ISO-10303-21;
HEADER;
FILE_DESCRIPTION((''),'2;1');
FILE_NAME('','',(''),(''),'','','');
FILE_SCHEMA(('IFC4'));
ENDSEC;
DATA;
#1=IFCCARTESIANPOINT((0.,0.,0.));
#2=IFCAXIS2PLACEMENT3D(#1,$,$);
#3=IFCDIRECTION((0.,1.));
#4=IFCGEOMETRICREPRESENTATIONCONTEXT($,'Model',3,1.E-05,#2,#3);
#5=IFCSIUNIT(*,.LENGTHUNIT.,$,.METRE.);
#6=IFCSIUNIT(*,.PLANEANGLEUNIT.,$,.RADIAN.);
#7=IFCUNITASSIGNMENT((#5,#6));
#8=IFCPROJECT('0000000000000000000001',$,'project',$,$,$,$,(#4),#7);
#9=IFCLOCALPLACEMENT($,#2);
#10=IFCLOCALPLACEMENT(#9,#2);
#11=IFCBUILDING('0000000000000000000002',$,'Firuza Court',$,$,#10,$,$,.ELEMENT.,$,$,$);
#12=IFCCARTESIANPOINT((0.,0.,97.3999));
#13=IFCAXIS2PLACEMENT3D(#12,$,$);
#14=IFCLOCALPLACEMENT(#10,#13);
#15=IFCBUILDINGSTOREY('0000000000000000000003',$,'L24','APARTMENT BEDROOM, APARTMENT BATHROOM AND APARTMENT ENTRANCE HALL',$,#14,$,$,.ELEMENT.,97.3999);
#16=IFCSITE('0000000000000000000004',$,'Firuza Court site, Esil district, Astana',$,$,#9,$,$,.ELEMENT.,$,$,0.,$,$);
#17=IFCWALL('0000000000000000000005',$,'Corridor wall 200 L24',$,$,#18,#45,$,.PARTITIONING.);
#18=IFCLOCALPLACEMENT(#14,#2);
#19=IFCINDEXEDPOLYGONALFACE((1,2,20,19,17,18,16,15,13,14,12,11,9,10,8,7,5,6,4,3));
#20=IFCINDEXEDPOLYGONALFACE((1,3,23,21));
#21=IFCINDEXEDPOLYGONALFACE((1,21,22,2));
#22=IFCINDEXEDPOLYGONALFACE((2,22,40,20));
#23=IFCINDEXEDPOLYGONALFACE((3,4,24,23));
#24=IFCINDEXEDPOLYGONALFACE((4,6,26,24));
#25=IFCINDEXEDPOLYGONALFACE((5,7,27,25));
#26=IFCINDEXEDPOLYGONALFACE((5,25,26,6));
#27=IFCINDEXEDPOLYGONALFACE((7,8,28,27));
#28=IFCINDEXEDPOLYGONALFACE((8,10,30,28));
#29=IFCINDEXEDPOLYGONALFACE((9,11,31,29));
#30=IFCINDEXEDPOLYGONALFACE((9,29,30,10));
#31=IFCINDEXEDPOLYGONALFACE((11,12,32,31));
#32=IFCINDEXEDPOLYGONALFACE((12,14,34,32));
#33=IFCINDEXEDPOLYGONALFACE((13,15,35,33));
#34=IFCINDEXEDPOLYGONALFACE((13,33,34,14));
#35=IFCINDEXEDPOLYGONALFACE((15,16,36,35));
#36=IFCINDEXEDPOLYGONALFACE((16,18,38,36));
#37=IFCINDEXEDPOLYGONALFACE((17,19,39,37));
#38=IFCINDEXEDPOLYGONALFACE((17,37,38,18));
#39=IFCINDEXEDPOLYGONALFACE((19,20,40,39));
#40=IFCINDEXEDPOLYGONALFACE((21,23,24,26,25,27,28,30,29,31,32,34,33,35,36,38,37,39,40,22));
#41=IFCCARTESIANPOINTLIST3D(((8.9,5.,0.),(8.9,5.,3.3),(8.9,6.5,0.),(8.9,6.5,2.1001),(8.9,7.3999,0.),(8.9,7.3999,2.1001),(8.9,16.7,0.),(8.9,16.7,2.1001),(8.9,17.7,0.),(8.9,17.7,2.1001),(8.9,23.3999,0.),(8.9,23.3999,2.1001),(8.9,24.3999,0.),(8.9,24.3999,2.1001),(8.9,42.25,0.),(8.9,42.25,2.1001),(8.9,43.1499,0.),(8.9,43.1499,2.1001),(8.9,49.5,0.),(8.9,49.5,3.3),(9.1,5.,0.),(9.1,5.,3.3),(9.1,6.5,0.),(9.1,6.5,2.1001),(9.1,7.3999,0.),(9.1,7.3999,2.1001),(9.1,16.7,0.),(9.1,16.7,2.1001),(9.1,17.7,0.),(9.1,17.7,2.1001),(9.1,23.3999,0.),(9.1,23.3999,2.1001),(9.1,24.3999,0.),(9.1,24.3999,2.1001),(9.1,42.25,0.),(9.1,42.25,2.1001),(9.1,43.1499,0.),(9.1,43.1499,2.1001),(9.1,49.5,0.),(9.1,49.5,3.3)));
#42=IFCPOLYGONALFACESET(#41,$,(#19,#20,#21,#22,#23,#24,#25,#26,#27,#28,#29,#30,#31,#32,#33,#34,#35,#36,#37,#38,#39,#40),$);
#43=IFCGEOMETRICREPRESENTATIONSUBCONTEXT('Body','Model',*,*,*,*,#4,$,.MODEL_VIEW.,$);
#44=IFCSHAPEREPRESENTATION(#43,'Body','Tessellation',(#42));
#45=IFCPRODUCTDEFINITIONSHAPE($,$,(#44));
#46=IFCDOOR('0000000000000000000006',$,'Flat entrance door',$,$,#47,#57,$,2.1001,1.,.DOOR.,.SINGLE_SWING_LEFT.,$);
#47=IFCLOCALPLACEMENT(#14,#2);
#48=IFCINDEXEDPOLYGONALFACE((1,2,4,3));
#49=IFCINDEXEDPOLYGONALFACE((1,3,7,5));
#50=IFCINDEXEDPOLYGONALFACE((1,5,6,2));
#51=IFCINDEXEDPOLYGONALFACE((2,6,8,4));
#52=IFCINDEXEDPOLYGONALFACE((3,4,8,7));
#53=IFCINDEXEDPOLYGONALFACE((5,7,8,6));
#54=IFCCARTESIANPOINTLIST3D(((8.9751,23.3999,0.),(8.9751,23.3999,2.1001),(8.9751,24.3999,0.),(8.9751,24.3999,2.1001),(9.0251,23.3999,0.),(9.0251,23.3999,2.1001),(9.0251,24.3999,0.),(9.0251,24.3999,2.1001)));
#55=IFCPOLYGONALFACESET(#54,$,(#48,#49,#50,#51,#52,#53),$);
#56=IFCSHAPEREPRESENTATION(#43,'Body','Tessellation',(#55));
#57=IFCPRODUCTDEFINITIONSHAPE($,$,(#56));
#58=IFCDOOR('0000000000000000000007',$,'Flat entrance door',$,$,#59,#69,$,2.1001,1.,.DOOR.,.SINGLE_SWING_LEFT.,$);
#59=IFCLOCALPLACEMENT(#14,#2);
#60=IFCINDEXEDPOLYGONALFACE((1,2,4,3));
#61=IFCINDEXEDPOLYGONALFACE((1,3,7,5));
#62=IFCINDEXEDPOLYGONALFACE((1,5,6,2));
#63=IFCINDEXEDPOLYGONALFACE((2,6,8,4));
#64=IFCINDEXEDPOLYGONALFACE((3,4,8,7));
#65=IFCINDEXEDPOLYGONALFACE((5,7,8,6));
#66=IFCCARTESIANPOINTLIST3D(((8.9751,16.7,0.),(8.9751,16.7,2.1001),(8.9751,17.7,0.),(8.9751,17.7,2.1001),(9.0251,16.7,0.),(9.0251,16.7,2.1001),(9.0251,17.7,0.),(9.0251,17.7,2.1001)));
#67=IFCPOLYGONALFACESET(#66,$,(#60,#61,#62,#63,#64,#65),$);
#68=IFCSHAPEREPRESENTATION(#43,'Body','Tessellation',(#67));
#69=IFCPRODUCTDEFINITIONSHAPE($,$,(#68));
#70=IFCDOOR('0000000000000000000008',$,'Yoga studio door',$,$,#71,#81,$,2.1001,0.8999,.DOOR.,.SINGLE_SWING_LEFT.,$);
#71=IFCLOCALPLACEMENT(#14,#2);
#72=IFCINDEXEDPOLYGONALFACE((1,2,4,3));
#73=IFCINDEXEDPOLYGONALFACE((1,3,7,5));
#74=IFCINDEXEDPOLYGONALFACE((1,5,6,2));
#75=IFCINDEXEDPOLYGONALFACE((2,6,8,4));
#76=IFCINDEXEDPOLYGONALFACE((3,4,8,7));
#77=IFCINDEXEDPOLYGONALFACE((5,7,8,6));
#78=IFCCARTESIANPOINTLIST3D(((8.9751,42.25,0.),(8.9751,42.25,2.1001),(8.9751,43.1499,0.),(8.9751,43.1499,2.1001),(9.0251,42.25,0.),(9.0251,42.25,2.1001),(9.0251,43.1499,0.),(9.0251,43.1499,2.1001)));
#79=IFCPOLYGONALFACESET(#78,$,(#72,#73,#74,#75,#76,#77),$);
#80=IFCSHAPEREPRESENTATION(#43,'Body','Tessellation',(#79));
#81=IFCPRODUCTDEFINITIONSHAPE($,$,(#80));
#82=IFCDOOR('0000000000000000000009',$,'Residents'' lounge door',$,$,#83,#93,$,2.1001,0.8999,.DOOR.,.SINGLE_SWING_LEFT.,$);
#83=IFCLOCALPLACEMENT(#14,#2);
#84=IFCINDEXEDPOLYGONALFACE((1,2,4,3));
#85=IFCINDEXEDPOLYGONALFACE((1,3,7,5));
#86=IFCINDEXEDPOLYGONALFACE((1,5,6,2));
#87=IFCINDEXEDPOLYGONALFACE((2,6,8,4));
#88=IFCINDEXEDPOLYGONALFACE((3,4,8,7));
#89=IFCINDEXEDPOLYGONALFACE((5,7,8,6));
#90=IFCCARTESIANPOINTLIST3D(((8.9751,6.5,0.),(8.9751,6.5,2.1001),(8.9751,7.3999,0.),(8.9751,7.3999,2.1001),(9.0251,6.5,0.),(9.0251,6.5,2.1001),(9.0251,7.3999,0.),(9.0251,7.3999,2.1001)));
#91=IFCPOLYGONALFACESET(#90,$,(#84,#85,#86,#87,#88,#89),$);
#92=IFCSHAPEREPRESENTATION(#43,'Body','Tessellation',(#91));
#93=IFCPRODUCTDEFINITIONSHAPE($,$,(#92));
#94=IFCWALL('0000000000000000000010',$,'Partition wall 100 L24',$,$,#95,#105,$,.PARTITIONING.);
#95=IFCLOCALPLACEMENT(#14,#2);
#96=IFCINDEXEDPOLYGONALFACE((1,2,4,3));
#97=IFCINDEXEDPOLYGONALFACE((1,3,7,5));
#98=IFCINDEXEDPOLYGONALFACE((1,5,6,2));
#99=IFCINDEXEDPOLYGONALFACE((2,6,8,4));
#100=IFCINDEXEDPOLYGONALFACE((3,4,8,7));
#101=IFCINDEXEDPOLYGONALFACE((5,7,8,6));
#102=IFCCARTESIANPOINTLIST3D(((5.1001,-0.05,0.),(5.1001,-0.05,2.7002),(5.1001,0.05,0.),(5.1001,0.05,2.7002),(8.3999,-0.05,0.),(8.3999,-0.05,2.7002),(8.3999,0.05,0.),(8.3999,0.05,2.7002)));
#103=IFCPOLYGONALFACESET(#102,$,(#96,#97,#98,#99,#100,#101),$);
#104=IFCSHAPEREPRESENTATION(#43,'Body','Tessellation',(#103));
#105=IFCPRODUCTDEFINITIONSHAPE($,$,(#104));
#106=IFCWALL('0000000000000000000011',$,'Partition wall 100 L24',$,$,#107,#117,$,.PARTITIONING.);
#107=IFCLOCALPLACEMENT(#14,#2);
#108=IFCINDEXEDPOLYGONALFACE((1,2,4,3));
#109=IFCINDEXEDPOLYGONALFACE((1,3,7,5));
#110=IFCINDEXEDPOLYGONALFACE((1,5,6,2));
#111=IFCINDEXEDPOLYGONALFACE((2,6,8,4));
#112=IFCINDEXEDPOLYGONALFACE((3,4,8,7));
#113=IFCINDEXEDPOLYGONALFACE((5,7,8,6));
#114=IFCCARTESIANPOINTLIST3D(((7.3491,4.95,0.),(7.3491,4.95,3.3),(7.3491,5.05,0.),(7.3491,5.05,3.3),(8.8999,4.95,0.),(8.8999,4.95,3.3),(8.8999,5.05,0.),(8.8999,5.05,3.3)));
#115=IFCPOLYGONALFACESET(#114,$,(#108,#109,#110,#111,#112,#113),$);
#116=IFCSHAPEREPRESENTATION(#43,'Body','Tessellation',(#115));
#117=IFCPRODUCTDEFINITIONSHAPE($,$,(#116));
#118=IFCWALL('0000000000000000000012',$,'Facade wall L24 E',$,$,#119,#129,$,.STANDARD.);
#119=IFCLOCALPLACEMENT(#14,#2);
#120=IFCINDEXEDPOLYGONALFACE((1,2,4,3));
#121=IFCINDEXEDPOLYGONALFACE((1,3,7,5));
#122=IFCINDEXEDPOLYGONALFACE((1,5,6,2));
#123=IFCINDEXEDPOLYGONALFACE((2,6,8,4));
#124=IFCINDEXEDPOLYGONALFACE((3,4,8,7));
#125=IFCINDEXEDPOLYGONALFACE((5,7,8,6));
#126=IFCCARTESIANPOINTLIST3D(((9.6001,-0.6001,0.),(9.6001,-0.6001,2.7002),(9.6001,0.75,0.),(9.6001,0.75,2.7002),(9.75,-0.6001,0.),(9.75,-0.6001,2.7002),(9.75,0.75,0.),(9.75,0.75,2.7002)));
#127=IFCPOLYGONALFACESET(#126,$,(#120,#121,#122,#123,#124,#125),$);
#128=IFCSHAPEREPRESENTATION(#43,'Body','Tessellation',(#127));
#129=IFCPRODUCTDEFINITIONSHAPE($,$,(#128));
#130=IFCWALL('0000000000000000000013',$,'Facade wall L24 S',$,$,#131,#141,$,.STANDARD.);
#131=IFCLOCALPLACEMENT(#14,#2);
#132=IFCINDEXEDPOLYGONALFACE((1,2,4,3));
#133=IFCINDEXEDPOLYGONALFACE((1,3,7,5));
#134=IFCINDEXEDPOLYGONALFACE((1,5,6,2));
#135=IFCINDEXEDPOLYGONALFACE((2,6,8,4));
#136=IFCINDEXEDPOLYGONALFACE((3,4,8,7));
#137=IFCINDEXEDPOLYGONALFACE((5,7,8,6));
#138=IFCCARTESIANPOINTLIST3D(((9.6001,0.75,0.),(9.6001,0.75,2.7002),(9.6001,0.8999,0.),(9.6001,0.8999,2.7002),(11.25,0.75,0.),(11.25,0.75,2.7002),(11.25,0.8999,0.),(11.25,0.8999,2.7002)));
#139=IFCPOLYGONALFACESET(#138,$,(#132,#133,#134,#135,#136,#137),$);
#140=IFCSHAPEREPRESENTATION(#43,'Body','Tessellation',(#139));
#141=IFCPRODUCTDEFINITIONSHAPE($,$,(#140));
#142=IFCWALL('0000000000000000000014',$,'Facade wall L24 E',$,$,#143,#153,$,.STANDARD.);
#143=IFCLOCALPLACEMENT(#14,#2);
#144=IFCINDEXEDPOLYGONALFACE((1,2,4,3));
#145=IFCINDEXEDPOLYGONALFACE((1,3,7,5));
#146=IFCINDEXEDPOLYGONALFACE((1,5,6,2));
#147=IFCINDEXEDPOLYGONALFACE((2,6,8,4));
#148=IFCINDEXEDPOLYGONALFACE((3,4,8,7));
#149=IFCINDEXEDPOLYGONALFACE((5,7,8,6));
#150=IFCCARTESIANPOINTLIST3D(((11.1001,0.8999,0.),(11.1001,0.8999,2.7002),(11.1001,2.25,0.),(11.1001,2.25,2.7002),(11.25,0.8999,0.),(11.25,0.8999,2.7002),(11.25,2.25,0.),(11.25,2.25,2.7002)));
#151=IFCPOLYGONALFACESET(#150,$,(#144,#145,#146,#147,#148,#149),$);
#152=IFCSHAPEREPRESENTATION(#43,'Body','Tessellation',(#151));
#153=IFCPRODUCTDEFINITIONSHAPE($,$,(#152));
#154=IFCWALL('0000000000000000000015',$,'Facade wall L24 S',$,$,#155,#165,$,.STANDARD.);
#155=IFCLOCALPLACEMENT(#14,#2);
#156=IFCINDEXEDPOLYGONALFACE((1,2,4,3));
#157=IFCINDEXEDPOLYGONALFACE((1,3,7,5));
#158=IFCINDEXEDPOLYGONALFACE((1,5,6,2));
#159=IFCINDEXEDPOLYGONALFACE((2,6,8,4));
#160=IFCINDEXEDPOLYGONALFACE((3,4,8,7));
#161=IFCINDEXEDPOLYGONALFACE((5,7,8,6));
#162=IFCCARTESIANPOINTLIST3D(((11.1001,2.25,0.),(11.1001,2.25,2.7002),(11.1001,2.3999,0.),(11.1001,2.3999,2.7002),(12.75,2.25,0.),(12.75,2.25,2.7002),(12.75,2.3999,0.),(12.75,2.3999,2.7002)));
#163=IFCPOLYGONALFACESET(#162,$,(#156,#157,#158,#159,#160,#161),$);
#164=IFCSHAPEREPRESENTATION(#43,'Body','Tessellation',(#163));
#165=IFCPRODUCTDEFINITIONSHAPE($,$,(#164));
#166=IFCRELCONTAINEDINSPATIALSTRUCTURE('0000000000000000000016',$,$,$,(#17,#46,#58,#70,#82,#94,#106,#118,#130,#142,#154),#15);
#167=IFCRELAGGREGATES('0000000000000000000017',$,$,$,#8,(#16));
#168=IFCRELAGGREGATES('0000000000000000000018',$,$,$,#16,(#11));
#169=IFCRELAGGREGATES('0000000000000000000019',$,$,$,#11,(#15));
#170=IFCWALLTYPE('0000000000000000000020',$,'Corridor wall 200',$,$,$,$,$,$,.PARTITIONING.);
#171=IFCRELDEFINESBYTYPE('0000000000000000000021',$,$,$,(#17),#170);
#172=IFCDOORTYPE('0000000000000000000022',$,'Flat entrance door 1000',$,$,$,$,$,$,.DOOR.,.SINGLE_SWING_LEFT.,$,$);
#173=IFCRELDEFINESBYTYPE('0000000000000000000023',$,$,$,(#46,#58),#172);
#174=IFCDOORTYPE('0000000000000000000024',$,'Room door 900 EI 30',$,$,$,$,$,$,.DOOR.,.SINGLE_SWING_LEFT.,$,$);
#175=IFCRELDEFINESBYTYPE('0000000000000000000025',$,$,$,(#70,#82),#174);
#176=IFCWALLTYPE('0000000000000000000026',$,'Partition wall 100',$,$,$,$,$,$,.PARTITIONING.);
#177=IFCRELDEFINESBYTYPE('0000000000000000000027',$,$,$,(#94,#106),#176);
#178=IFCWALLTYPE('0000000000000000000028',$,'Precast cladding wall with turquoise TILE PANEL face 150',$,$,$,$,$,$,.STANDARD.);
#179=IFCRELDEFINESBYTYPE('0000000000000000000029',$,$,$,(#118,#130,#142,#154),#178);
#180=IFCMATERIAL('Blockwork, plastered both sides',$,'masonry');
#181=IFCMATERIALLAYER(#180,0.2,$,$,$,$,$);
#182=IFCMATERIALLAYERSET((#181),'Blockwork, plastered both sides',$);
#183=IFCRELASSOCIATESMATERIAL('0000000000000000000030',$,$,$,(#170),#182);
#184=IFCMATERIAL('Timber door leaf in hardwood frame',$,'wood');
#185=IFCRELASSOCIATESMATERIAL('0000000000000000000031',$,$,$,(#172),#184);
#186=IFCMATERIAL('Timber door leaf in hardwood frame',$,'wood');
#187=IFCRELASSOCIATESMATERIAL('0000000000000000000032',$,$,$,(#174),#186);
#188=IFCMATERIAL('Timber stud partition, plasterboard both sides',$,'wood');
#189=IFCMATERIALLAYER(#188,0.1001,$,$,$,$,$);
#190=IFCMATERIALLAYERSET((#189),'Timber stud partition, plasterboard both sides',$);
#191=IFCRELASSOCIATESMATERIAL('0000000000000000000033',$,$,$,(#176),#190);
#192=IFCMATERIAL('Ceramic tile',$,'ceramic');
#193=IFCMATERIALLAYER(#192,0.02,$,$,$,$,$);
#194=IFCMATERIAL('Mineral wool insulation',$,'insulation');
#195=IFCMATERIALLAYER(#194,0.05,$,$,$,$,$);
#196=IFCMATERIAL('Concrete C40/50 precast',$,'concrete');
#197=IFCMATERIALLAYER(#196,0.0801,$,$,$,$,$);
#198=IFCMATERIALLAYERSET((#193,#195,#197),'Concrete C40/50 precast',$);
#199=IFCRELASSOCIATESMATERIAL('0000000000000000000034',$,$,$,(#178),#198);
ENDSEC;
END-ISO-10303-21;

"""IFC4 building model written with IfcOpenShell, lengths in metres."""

from ifc_helpers import new_model, si_unit, direction, frame, frame_2d, origin, place, context, subcontext, project, spatial, rectangle, extrude, material, layer, layer_set, type_object, element, fill, save


model = new_model("IFC4")

# Units and contexts
model_context = context("Model", 3, precision=1e-05, world=origin(), true_north=direction((0.0, 1.0)))
body_context = subcontext(model_context, "Body", "Model", "MODEL_VIEW")
ifc_project = project(units=[si_unit("LENGTHUNIT", "METRE"), si_unit("PLANEANGLEUNIT", "RADIAN")], contexts=[model_context])

# Site, building, storey
site_placement = place(None, origin())
site = spatial("IfcSite", under=ifc_project, at=site_placement, Name="Firuza Court site, Esil district, Astana", CompositionType="ELEMENT", RefElevation=0.0)
building_placement = place(site_placement, origin())
building = spatial("IfcBuilding", under=site, at=building_placement, Name="Firuza Court", CompositionType="ELEMENT")
storey_placement = place(building_placement, frame((0.0, 0.0, 97.3999)))
storey = spatial("IfcBuildingStorey", under=building, at=storey_placement, Name="L24", Description="APARTMENT BEDROOM, APARTMENT BATHROOM AND APARTMENT ENTRANCE HALL", CompositionType="ELEMENT", Elevation=97.3999)

# Wall, openings, doors
ifc_material_1 = material(Name="Blockwork, plastered both sides", Category="masonry")
ifc_layer_1 = layer(ifc_material_1, 0.2)
ifc_layer_set_1 = layer_set([ifc_layer_1], Name="Blockwork, plastered both sides")
wall_type_1 = type_object("IfcWallType", Name="Corridor wall 200", PredefinedType="PARTITIONING", material=ifc_layer_set_1)
wall_1_placement = place(storey_placement, frame((9.0, 5.0, 0.0), z_axis=(0.0, 0.0, 1.0), x_axis=(0.0, 1.0, 0.0)))
wall_1 = element("IfcWall", 1, at=wall_1_placement, inside=storey, type_object=wall_type_1, Name="Corridor wall 200 L24", PredefinedType="PARTITIONING", context=body_context, shape_type="SweptSolid", body=[
    extrude(rectangle(XDim=44.5, YDim=0.2, at=frame_2d((22.25, 0.0))), origin(), (0.0, 0.0, 1.0), 3.3),
])
opening_1_placement = place(wall_1_placement, frame((18.3999, 0.0, 0.0)))
opening_1 = element("IfcOpeningElement", 2, at=opening_1_placement, cuts=wall_1, PredefinedType="OPENING", context=body_context, shape_type="SweptSolid", body=[
    extrude(rectangle(XDim=1.0, YDim=2.1001, at=frame_2d((0.5, 1.05))), frame((0.0, 0.1118, 0.0), z_axis=(0.0, -1.0, 0.0), x_axis=(1.0, 0.0, 0.0)), (0.0, 0.0, 1.0), 0.2239),
])
opening_2_placement = place(wall_1_placement, frame((11.7, 0.0, 0.0)))
opening_2 = element("IfcOpeningElement", 3, at=opening_2_placement, cuts=wall_1, PredefinedType="OPENING", context=body_context, shape_type="SweptSolid", body=[
    extrude(rectangle(XDim=1.0, YDim=2.1001, at=frame_2d((0.5, 1.05))), frame((0.0, 0.1118, 0.0), z_axis=(0.0, -1.0, 0.0), x_axis=(1.0, 0.0, 0.0)), (0.0, 0.0, 1.0), 0.2239),
])
opening_3_placement = place(wall_1_placement, frame((37.25, 0.0, 0.0)))
opening_3 = element("IfcOpeningElement", 4, at=opening_3_placement, cuts=wall_1, PredefinedType="OPENING", context=body_context, shape_type="SweptSolid", body=[
    extrude(rectangle(XDim=0.8999, YDim=2.1001, at=frame_2d((0.45, 1.05))), frame((0.0, 0.1118, 0.0), z_axis=(0.0, -1.0, 0.0), x_axis=(1.0, 0.0, 0.0)), (0.0, 0.0, 1.0), 0.2239),
])
opening_4_placement = place(wall_1_placement, frame((1.5, 0.0, 0.0)))
opening_4 = element("IfcOpeningElement", 5, at=opening_4_placement, cuts=wall_1, PredefinedType="OPENING", context=body_context, shape_type="SweptSolid", body=[
    extrude(rectangle(XDim=0.8999, YDim=2.1001, at=frame_2d((0.45, 1.05))), frame((0.0, 0.1118, 0.0), z_axis=(0.0, -1.0, 0.0), x_axis=(1.0, 0.0, 0.0)), (0.0, 0.0, 1.0), 0.2239),
])
ifc_material_2 = material(Name="Timber door leaf in hardwood frame", Category="wood")
door_type_1 = type_object("IfcDoorType", Name="Flat entrance door 1000", OperationType="SINGLE_SWING_LEFT", PredefinedType="DOOR", material=ifc_material_2)
door_1_placement = place(opening_1_placement, origin())
door_1 = element("IfcDoor", 6, at=door_1_placement, inside=storey, type_object=door_type_1, Name="Flat entrance door", OperationType="SINGLE_SWING_LEFT", OverallHeight=2.1001, OverallWidth=1.0, PredefinedType="DOOR", context=body_context, shape_type="SweptSolid", body=[
    extrude(rectangle(XDim=1.0, YDim=2.1001, at=frame_2d((0.5, 1.05))), frame((0.0, 0.0249, 0.0), z_axis=(0.0, -1.0, 0.0), x_axis=(1.0, 0.0, 0.0)), (0.0, 0.0, 1.0), 0.05),
])
fill(opening_1, door_1)
door_2_placement = place(opening_2_placement, origin())
door_2 = element("IfcDoor", 7, at=door_2_placement, inside=storey, type_object=door_type_1, Name="Flat entrance door", OperationType="SINGLE_SWING_LEFT", OverallHeight=2.1001, OverallWidth=1.0, PredefinedType="DOOR", context=body_context, shape_type="SweptSolid", body=[
    extrude(rectangle(XDim=1.0, YDim=2.1001, at=frame_2d((0.5, 1.05))), frame((0.0, 0.0249, 0.0), z_axis=(0.0, -1.0, 0.0), x_axis=(1.0, 0.0, 0.0)), (0.0, 0.0, 1.0), 0.05),
])
fill(opening_2, door_2)
ifc_material_3 = material(Name="Timber door leaf in hardwood frame", Category="wood")
door_type_2 = type_object("IfcDoorType", Name="Room door 900 EI 30", OperationType="SINGLE_SWING_LEFT", PredefinedType="DOOR", material=ifc_material_3)
door_3_placement = place(opening_3_placement, origin())
door_3 = element("IfcDoor", 8, at=door_3_placement, inside=storey, type_object=door_type_2, Name="Yoga studio door", OperationType="SINGLE_SWING_LEFT", OverallHeight=2.1001, OverallWidth=0.8999, PredefinedType="DOOR", context=body_context, shape_type="SweptSolid", body=[
    extrude(rectangle(XDim=0.8999, YDim=2.1001, at=frame_2d((0.45, 1.05))), frame((0.0, 0.0249, 0.0), z_axis=(0.0, -1.0, 0.0), x_axis=(1.0, 0.0, 0.0)), (0.0, 0.0, 1.0), 0.05),
])
fill(opening_3, door_3)
door_4_placement = place(opening_4_placement, origin())
door_4 = element("IfcDoor", 9, at=door_4_placement, inside=storey, type_object=door_type_2, Name="Residents' lounge door", OperationType="SINGLE_SWING_LEFT", OverallHeight=2.1001, OverallWidth=0.8999, PredefinedType="DOOR", context=body_context, shape_type="SweptSolid", body=[
    extrude(rectangle(XDim=0.8999, YDim=2.1001, at=frame_2d((0.45, 1.05))), frame((0.0, 0.0249, 0.0), z_axis=(0.0, -1.0, 0.0), x_axis=(1.0, 0.0, 0.0)), (0.0, 0.0, 1.0), 0.05),
])
fill(opening_4, door_4)

# Walls
ifc_material_4 = material(Name="Timber stud partition, plasterboard both sides", Category="wood")
ifc_layer_2 = layer(ifc_material_4, 0.1001)
ifc_layer_set_2 = layer_set([ifc_layer_2], Name="Timber stud partition, plasterboard both sides")
wall_type_2 = type_object("IfcWallType", Name="Partition wall 100", PredefinedType="PARTITIONING", material=ifc_layer_set_2)
wall_2_placement = place(storey_placement, frame((5.1001, 0.0, 0.0), z_axis=(0.0, 0.0, 1.0), x_axis=(1.0, 0.0, 0.0)))
element("IfcWall", 10, at=wall_2_placement, inside=storey, type_object=wall_type_2, Name="Partition wall 100 L24", PredefinedType="PARTITIONING", context=body_context, shape_type="SweptSolid", body=[
    extrude(rectangle(XDim=3.2998, YDim=0.1001, at=frame_2d((1.6499, 0.0))), origin(), (0.0, 0.0, 1.0), 2.7002),
])
wall_3_placement = place(storey_placement, frame((7.3491, 5.0, 0.0), z_axis=(0.0, 0.0, 1.0), x_axis=(1.0, 0.0, 0.0)))
element("IfcWall", 11, at=wall_3_placement, inside=storey, type_object=wall_type_2, Name="Partition wall 100 L24", PredefinedType="PARTITIONING", context=body_context, shape_type="SweptSolid", body=[
    extrude(rectangle(XDim=1.5508, YDim=0.1001, at=frame_2d((0.7754, 0.0))), origin(), (0.0, 0.0, 1.0), 3.3),
])
ifc_material_5 = material(Name="Ceramic tile", Category="ceramic")
ifc_layer_3 = layer(ifc_material_5, 0.02)
ifc_material_6 = material(Name="Mineral wool insulation", Category="insulation")
ifc_layer_4 = layer(ifc_material_6, 0.05)
ifc_material_7 = material(Name="Concrete C40/50 precast", Category="concrete")
ifc_layer_5 = layer(ifc_material_7, 0.0801)
ifc_layer_set_3 = layer_set([ifc_layer_3, ifc_layer_4, ifc_layer_5], Name="Concrete C40/50 precast")
wall_type_3 = type_object("IfcWallType", Name="Precast cladding wall with turquoise TILE PANEL face 150", PredefinedType="STANDARD", material=ifc_layer_set_3)
wall_4_placement = place(storey_placement, frame((9.675, -0.6001, 0.0), z_axis=(0.0, 0.0, 1.0), x_axis=(0.0, 1.0, 0.0)))
element("IfcWall", 12, at=wall_4_placement, inside=storey, type_object=wall_type_3, Name="Facade wall L24 E", PredefinedType="STANDARD", context=body_context, shape_type="SweptSolid", body=[
    extrude(rectangle(XDim=1.3501, YDim=0.1499, at=frame_2d((0.675, 0.0))), origin(), (0.0, 0.0, 1.0), 2.7002),
])
wall_5_placement = place(storey_placement, frame((9.6001, 0.825, 0.0), z_axis=(0.0, 0.0, 1.0), x_axis=(1.0, 0.0, 0.0)))
element("IfcWall", 13, at=wall_5_placement, inside=storey, type_object=wall_type_3, Name="Facade wall L24 S", PredefinedType="STANDARD", context=body_context, shape_type="SweptSolid", body=[
    extrude(rectangle(XDim=1.6499, YDim=0.1499, at=frame_2d((0.825, 0.0))), origin(), (0.0, 0.0, 1.0), 2.7002),
])
wall_6_placement = place(storey_placement, frame((11.175, 0.8999, 0.0), z_axis=(0.0, 0.0, 1.0), x_axis=(0.0, 1.0, 0.0)))
element("IfcWall", 14, at=wall_6_placement, inside=storey, type_object=wall_type_3, Name="Facade wall L24 E", PredefinedType="STANDARD", context=body_context, shape_type="SweptSolid", body=[
    extrude(rectangle(XDim=1.3501, YDim=0.1499, at=frame_2d((0.675, 0.0))), origin(), (0.0, 0.0, 1.0), 2.7002),
])
wall_7_placement = place(storey_placement, frame((11.1001, 2.325, 0.0), z_axis=(0.0, 0.0, 1.0), x_axis=(1.0, 0.0, 0.0)))
element("IfcWall", 15, at=wall_7_placement, inside=storey, type_object=wall_type_3, Name="Facade wall L24 S", PredefinedType="STANDARD", context=body_context, shape_type="SweptSolid", body=[
    extrude(rectangle(XDim=1.6499, YDim=0.1499, at=frame_2d((0.825, 0.0))), origin(), (0.0, 0.0, 1.0), 2.7002),
])

save(model, "model.ifc")
